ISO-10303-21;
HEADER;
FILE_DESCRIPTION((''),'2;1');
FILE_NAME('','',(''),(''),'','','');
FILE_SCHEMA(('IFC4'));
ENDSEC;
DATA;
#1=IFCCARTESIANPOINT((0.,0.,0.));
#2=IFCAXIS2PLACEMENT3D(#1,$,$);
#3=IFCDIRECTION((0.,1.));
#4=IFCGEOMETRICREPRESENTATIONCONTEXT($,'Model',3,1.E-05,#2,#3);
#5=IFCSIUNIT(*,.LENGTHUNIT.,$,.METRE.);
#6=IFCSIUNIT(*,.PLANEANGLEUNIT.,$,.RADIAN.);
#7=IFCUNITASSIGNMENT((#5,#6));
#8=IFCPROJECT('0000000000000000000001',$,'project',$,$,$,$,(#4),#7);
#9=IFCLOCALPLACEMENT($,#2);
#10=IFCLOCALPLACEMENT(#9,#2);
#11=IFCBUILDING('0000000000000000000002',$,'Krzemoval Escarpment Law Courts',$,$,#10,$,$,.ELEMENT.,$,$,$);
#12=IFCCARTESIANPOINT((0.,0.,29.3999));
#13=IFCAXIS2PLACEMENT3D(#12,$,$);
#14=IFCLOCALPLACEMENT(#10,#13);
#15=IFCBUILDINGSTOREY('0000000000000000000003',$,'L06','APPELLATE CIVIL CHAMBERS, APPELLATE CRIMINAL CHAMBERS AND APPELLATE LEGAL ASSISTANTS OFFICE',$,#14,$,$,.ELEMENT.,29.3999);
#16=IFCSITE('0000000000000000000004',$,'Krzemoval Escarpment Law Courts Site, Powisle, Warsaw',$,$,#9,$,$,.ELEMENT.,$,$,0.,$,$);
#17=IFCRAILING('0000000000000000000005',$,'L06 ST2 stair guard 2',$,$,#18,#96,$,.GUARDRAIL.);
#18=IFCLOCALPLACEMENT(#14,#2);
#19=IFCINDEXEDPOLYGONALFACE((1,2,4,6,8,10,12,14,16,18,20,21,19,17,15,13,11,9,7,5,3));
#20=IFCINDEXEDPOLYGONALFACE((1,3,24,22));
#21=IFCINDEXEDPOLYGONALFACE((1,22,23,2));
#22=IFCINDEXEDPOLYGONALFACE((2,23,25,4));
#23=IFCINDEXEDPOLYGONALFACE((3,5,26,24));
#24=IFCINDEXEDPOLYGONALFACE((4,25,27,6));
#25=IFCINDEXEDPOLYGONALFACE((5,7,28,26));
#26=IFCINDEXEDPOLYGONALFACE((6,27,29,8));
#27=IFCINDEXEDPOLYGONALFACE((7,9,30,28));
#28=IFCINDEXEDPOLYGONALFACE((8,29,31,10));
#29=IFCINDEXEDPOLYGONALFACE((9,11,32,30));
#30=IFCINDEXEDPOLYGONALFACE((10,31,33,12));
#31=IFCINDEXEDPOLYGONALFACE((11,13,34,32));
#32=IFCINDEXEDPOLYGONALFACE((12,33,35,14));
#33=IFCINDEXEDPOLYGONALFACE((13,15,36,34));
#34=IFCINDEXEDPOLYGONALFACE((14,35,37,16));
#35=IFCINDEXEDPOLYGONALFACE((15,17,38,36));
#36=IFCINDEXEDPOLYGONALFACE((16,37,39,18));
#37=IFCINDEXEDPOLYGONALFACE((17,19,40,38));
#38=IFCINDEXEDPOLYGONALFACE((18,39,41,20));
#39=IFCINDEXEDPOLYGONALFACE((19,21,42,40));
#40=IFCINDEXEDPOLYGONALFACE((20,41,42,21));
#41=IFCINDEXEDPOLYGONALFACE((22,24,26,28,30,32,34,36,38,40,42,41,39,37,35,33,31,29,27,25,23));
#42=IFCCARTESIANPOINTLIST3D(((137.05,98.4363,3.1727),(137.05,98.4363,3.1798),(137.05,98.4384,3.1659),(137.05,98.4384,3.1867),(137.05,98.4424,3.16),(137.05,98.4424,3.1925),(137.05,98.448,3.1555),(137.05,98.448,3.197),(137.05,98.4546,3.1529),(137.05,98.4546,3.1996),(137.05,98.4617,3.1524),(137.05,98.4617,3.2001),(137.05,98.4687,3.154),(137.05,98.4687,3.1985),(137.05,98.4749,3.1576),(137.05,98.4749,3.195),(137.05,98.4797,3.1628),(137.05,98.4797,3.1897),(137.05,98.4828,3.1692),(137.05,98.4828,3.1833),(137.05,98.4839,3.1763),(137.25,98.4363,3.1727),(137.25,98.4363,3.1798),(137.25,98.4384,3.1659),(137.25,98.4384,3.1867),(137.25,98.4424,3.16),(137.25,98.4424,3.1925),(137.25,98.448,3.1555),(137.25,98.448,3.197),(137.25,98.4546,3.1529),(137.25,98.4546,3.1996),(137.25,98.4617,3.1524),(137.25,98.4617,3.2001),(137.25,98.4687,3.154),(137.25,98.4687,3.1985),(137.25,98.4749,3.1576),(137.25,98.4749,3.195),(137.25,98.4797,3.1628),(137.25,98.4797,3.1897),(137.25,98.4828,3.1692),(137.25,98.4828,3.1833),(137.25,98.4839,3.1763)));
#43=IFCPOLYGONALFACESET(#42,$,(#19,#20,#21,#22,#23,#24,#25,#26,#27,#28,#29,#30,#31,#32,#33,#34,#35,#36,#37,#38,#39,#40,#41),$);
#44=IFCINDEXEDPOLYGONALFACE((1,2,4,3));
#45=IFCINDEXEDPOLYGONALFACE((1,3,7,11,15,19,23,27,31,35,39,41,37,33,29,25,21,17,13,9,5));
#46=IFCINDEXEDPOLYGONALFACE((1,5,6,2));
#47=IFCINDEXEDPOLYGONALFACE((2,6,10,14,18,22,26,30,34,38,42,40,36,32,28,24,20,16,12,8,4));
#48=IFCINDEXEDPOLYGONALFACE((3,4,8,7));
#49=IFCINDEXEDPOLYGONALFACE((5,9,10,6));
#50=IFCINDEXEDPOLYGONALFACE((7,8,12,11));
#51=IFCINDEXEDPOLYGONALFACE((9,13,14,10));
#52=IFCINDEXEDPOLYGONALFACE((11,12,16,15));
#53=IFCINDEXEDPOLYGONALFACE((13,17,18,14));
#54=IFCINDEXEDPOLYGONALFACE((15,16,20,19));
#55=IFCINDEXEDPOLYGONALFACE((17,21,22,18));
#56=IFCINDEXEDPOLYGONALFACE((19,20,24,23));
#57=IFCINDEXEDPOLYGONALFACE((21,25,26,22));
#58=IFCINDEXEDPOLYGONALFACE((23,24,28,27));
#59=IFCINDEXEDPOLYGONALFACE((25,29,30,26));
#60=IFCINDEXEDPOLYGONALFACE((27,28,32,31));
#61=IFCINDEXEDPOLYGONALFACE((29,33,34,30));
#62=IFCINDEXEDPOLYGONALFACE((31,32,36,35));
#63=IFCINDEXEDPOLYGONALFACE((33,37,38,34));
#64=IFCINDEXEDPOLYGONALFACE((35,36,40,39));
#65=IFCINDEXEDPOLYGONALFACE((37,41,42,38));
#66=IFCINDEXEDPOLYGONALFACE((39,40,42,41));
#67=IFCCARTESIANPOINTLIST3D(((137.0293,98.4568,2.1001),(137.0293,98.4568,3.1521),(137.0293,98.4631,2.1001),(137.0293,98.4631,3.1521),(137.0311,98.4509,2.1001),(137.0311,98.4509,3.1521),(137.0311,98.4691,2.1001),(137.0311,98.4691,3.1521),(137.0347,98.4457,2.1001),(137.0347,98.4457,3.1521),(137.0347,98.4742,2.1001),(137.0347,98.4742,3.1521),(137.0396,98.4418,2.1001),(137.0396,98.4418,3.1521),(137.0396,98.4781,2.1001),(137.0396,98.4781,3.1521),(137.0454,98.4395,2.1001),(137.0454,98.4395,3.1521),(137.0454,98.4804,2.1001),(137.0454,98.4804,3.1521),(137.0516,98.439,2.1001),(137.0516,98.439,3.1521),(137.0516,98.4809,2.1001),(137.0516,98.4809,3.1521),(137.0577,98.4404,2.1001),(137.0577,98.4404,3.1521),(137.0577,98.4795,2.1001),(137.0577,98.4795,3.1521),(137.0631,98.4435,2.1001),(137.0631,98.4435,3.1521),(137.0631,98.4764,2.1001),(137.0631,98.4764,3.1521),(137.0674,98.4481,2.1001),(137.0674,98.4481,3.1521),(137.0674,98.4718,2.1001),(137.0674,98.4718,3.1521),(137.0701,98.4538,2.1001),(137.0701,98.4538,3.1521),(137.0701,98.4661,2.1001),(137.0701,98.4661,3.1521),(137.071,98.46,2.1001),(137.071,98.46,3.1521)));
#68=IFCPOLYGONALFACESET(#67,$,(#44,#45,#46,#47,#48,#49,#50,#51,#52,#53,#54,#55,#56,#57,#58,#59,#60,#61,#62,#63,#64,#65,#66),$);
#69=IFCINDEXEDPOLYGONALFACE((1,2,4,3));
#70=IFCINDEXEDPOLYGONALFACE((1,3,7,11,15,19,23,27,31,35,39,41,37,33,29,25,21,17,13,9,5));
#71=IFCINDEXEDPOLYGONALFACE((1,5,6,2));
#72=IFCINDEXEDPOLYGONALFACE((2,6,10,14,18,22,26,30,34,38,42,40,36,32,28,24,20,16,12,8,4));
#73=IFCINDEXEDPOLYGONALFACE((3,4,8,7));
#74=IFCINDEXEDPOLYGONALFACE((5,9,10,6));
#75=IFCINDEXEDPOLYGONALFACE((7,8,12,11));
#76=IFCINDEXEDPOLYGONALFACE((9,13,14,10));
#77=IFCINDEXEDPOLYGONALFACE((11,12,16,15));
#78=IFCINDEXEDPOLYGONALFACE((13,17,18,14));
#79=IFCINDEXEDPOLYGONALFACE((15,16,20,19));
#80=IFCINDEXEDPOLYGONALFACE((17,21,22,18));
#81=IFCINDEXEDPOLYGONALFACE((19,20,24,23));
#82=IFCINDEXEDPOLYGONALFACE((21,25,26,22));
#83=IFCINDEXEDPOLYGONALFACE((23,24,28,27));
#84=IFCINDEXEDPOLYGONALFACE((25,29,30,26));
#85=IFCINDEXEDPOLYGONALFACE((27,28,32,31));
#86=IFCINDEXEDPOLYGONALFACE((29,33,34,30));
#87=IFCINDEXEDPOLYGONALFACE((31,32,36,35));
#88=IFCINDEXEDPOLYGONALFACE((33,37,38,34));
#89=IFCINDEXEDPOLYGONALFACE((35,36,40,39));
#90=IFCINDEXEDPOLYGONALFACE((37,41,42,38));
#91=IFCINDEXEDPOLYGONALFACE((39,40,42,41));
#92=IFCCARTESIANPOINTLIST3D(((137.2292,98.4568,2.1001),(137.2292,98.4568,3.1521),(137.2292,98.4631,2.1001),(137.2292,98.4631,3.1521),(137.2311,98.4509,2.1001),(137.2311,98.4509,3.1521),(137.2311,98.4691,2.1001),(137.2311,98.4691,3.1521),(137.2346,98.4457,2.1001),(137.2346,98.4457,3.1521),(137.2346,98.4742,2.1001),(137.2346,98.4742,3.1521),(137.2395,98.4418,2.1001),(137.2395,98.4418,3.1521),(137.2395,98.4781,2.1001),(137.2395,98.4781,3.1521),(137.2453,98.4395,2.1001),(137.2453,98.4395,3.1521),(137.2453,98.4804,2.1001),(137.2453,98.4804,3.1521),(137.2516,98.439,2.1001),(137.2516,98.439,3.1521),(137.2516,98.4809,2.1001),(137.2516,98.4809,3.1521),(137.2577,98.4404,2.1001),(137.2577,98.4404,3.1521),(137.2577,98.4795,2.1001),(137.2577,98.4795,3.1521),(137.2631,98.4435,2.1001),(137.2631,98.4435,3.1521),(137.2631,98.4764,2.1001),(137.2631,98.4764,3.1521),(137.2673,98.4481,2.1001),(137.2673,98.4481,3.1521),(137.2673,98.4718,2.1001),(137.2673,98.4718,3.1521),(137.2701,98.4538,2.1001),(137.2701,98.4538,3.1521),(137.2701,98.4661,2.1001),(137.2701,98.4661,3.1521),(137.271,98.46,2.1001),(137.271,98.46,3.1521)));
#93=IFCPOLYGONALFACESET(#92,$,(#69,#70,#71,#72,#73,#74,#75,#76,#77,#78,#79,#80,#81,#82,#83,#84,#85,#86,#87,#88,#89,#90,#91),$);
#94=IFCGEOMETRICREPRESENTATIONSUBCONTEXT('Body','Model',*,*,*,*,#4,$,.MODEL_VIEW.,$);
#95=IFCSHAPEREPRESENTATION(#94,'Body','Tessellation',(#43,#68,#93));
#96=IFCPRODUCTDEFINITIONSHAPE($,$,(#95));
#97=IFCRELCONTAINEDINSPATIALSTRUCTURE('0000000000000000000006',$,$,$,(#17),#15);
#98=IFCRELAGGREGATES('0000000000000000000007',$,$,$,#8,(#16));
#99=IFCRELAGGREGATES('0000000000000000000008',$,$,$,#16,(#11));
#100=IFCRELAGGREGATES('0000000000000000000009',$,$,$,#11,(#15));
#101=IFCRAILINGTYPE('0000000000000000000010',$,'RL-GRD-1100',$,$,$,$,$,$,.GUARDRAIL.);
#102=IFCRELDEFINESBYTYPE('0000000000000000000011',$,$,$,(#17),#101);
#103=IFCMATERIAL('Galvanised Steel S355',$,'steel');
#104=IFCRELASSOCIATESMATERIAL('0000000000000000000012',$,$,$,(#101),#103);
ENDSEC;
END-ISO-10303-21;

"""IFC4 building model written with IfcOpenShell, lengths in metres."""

from ifc_helpers import new_model, si_unit, direction, frame, origin, origin_2d, place, context, subcontext, project, spatial, circle, extrude, material, type_object, element, save


model = new_model("IFC4")

# Units and contexts
model_context = context("Model", 3, precision=1e-05, world=origin(), true_north=direction((0.0, 1.0)))
body_context = subcontext(model_context, "Body", "Model", "MODEL_VIEW")
ifc_project = project(units=[si_unit("LENGTHUNIT", "METRE"), si_unit("PLANEANGLEUNIT", "RADIAN")], contexts=[model_context])

# Site, building, storey
site_placement = place(None, origin())
site = spatial("IfcSite", under=ifc_project, at=site_placement, Name="Krzemoval Escarpment Law Courts Site, Powisle, Warsaw", CompositionType="ELEMENT", RefElevation=0.0)
building_placement = place(site_placement, origin())
building = spatial("IfcBuilding", under=site, at=building_placement, Name="Krzemoval Escarpment Law Courts", CompositionType="ELEMENT")
storey_placement = place(building_placement, frame((0.0, 0.0, 29.3999)))
storey = spatial("IfcBuildingStorey", under=building, at=storey_placement, Name="L06", Description="APPELLATE CIVIL CHAMBERS, APPELLATE CRIMINAL CHAMBERS AND APPELLATE LEGAL ASSISTANTS OFFICE", CompositionType="ELEMENT", Elevation=29.3999)

# Railing
ifc_material_1 = material(Name="Galvanised Steel S355", Category="steel")
railing_type = type_object("IfcRailingType", Name="RL-GRD-1100", PredefinedType="GUARDRAIL", material=ifc_material_1)
railing_1_placement = place(storey_placement, frame((137.05, 98.46, 2.1001)))
element("IfcRailing", 1, at=railing_1_placement, inside=storey, type_object=railing_type, Name="L06 ST2 stair guard 2", PredefinedType="GUARDRAIL", context=body_context, shape_type="SweptSolid", body=[
    extrude(circle(Radius=0.0239, at=origin_2d()), frame((0.0, 0.0, 1.0762), z_axis=(1.0, 0.0, 0.0), x_axis=(0.0, 1.0, 0.0)), (0.0, 0.0, 1.0), 0.2),
    extrude(circle(Radius=0.021, at=origin_2d()), origin(), (0.0, 0.0, 1.0), 1.052),
    extrude(circle(Radius=0.021, at=origin_2d()), frame((0.2, 0.0, 0.0)), (0.0, 0.0, 1.0), 1.052),
])

save(model, "model.ifc")
